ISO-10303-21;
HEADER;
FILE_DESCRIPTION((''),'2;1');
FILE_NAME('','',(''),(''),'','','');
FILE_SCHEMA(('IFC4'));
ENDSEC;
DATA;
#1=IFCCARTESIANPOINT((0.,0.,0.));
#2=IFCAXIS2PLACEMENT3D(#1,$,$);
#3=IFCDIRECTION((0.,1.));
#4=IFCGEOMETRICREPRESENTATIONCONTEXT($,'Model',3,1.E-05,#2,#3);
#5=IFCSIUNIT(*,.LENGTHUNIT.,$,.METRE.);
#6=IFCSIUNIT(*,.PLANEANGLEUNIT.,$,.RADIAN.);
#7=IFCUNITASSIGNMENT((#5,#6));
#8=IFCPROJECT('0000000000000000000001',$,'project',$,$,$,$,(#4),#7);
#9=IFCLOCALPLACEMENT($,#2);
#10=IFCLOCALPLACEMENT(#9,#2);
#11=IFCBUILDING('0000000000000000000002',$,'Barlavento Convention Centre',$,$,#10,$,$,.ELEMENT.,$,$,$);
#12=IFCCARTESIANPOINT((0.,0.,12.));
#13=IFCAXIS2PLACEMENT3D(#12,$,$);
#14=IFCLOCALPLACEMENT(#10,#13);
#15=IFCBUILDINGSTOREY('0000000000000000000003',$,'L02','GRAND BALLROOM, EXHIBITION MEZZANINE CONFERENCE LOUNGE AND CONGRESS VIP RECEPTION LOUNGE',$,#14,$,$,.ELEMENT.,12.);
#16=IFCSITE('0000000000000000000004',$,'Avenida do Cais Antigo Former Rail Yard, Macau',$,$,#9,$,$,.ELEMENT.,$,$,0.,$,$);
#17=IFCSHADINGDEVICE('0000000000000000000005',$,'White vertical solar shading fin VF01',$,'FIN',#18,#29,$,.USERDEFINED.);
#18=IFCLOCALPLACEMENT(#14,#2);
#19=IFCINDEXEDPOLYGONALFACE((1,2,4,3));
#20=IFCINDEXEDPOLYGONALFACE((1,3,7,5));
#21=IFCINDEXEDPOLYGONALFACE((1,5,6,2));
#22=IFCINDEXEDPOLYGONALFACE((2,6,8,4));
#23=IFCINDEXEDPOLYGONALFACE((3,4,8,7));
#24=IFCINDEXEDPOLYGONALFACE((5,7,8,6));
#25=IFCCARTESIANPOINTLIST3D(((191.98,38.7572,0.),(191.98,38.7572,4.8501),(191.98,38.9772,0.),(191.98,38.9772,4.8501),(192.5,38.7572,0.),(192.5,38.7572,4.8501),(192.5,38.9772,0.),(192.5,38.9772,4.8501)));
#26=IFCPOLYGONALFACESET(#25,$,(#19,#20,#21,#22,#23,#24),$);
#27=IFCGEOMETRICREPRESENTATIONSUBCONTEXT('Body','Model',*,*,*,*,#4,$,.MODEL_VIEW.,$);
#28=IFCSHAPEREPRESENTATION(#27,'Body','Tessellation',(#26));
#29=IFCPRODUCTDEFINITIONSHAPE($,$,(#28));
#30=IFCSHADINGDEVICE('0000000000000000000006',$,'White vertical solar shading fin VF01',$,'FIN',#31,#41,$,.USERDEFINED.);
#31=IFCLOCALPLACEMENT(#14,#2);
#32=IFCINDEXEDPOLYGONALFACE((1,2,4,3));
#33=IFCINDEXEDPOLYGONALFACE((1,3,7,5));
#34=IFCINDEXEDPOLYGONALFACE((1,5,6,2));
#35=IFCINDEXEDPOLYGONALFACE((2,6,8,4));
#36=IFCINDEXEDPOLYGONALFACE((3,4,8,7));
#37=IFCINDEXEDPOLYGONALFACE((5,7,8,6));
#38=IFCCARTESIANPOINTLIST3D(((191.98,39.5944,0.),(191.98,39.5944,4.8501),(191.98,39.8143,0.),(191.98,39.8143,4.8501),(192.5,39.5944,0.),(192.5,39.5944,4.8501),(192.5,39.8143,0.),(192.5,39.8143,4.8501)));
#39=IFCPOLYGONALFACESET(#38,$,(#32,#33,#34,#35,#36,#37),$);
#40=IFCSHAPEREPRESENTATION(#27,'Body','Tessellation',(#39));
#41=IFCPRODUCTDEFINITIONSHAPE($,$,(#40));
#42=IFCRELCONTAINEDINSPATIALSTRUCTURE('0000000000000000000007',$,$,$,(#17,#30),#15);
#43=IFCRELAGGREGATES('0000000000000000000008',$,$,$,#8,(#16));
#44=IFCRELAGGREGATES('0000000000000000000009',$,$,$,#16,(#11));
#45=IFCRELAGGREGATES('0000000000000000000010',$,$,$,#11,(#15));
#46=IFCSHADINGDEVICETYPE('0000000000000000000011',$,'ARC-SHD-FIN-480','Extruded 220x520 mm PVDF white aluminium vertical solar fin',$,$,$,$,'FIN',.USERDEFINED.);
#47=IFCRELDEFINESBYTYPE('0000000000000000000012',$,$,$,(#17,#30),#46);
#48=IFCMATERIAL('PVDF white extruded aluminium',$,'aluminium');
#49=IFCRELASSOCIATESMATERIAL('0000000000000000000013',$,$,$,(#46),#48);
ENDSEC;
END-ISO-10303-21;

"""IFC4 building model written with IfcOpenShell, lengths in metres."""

from ifc_helpers import new_model, si_unit, direction, frame, origin, origin_2d, place, context, subcontext, project, spatial, rectangle, extrude, material, type_object, element, save


model = new_model("IFC4")

# Units and contexts
model_context = context("Model", 3, precision=1e-05, world=origin(), true_north=direction((0.0, 1.0)))
body_context = subcontext(model_context, "Body", "Model", "MODEL_VIEW")
ifc_project = project(units=[si_unit("LENGTHUNIT", "METRE"), si_unit("PLANEANGLEUNIT", "RADIAN")], contexts=[model_context])

# Site, building, storey
site_placement = place(None, origin())
site = spatial("IfcSite", under=ifc_project, at=site_placement, Name="Avenida do Cais Antigo Former Rail Yard, Macau", CompositionType="ELEMENT", RefElevation=0.0)
building_placement = place(site_placement, origin())
building = spatial("IfcBuilding", under=site, at=building_placement, Name="Barlavento Convention Centre", CompositionType="ELEMENT")
storey_placement = place(building_placement, frame((0.0, 0.0, 12.0)))
storey = spatial("IfcBuildingStorey", under=building, at=storey_placement, Name="L02", Description="GRAND BALLROOM, EXHIBITION MEZZANINE CONFERENCE LOUNGE AND CONGRESS VIP RECEPTION LOUNGE", CompositionType="ELEMENT", Elevation=12.0)

# Shading devices
ifc_material_1 = material(Name="PVDF white extruded aluminium", Category="aluminium")
shading_device_type = type_object("IfcShadingDeviceType", Name="ARC-SHD-FIN-480", Description="Extruded 220x520 mm PVDF white aluminium vertical solar fin", ElementType="FIN", PredefinedType="USERDEFINED", material=ifc_material_1)
for number, where, z_axis, x_axis, name in (
    (1, (192.24, 38.8672, 0.0), (0.0, 0.0, 1.0), (0.0, 1.0, 0.0), "White vertical solar shading fin VF01"),
    (2, (192.24, 39.7043, 0.0), (0.0, 0.0, 1.0), (0.0, 1.0, 0.0), "White vertical solar shading fin VF01"),
):
    element("IfcShadingDevice", number, at=place(storey_placement, frame(where, z_axis=z_axis, x_axis=x_axis)), inside=storey, type_object=shading_device_type, Name=name, ObjectType="FIN", PredefinedType="USERDEFINED", context=body_context, shape_type="SweptSolid", body=[
        extrude(rectangle(XDim=0.22, YDim=0.52, at=origin_2d()), origin(), (0.0, 0.0, 1.0), 4.8501),
    ])

save(model, "model.ifc")
